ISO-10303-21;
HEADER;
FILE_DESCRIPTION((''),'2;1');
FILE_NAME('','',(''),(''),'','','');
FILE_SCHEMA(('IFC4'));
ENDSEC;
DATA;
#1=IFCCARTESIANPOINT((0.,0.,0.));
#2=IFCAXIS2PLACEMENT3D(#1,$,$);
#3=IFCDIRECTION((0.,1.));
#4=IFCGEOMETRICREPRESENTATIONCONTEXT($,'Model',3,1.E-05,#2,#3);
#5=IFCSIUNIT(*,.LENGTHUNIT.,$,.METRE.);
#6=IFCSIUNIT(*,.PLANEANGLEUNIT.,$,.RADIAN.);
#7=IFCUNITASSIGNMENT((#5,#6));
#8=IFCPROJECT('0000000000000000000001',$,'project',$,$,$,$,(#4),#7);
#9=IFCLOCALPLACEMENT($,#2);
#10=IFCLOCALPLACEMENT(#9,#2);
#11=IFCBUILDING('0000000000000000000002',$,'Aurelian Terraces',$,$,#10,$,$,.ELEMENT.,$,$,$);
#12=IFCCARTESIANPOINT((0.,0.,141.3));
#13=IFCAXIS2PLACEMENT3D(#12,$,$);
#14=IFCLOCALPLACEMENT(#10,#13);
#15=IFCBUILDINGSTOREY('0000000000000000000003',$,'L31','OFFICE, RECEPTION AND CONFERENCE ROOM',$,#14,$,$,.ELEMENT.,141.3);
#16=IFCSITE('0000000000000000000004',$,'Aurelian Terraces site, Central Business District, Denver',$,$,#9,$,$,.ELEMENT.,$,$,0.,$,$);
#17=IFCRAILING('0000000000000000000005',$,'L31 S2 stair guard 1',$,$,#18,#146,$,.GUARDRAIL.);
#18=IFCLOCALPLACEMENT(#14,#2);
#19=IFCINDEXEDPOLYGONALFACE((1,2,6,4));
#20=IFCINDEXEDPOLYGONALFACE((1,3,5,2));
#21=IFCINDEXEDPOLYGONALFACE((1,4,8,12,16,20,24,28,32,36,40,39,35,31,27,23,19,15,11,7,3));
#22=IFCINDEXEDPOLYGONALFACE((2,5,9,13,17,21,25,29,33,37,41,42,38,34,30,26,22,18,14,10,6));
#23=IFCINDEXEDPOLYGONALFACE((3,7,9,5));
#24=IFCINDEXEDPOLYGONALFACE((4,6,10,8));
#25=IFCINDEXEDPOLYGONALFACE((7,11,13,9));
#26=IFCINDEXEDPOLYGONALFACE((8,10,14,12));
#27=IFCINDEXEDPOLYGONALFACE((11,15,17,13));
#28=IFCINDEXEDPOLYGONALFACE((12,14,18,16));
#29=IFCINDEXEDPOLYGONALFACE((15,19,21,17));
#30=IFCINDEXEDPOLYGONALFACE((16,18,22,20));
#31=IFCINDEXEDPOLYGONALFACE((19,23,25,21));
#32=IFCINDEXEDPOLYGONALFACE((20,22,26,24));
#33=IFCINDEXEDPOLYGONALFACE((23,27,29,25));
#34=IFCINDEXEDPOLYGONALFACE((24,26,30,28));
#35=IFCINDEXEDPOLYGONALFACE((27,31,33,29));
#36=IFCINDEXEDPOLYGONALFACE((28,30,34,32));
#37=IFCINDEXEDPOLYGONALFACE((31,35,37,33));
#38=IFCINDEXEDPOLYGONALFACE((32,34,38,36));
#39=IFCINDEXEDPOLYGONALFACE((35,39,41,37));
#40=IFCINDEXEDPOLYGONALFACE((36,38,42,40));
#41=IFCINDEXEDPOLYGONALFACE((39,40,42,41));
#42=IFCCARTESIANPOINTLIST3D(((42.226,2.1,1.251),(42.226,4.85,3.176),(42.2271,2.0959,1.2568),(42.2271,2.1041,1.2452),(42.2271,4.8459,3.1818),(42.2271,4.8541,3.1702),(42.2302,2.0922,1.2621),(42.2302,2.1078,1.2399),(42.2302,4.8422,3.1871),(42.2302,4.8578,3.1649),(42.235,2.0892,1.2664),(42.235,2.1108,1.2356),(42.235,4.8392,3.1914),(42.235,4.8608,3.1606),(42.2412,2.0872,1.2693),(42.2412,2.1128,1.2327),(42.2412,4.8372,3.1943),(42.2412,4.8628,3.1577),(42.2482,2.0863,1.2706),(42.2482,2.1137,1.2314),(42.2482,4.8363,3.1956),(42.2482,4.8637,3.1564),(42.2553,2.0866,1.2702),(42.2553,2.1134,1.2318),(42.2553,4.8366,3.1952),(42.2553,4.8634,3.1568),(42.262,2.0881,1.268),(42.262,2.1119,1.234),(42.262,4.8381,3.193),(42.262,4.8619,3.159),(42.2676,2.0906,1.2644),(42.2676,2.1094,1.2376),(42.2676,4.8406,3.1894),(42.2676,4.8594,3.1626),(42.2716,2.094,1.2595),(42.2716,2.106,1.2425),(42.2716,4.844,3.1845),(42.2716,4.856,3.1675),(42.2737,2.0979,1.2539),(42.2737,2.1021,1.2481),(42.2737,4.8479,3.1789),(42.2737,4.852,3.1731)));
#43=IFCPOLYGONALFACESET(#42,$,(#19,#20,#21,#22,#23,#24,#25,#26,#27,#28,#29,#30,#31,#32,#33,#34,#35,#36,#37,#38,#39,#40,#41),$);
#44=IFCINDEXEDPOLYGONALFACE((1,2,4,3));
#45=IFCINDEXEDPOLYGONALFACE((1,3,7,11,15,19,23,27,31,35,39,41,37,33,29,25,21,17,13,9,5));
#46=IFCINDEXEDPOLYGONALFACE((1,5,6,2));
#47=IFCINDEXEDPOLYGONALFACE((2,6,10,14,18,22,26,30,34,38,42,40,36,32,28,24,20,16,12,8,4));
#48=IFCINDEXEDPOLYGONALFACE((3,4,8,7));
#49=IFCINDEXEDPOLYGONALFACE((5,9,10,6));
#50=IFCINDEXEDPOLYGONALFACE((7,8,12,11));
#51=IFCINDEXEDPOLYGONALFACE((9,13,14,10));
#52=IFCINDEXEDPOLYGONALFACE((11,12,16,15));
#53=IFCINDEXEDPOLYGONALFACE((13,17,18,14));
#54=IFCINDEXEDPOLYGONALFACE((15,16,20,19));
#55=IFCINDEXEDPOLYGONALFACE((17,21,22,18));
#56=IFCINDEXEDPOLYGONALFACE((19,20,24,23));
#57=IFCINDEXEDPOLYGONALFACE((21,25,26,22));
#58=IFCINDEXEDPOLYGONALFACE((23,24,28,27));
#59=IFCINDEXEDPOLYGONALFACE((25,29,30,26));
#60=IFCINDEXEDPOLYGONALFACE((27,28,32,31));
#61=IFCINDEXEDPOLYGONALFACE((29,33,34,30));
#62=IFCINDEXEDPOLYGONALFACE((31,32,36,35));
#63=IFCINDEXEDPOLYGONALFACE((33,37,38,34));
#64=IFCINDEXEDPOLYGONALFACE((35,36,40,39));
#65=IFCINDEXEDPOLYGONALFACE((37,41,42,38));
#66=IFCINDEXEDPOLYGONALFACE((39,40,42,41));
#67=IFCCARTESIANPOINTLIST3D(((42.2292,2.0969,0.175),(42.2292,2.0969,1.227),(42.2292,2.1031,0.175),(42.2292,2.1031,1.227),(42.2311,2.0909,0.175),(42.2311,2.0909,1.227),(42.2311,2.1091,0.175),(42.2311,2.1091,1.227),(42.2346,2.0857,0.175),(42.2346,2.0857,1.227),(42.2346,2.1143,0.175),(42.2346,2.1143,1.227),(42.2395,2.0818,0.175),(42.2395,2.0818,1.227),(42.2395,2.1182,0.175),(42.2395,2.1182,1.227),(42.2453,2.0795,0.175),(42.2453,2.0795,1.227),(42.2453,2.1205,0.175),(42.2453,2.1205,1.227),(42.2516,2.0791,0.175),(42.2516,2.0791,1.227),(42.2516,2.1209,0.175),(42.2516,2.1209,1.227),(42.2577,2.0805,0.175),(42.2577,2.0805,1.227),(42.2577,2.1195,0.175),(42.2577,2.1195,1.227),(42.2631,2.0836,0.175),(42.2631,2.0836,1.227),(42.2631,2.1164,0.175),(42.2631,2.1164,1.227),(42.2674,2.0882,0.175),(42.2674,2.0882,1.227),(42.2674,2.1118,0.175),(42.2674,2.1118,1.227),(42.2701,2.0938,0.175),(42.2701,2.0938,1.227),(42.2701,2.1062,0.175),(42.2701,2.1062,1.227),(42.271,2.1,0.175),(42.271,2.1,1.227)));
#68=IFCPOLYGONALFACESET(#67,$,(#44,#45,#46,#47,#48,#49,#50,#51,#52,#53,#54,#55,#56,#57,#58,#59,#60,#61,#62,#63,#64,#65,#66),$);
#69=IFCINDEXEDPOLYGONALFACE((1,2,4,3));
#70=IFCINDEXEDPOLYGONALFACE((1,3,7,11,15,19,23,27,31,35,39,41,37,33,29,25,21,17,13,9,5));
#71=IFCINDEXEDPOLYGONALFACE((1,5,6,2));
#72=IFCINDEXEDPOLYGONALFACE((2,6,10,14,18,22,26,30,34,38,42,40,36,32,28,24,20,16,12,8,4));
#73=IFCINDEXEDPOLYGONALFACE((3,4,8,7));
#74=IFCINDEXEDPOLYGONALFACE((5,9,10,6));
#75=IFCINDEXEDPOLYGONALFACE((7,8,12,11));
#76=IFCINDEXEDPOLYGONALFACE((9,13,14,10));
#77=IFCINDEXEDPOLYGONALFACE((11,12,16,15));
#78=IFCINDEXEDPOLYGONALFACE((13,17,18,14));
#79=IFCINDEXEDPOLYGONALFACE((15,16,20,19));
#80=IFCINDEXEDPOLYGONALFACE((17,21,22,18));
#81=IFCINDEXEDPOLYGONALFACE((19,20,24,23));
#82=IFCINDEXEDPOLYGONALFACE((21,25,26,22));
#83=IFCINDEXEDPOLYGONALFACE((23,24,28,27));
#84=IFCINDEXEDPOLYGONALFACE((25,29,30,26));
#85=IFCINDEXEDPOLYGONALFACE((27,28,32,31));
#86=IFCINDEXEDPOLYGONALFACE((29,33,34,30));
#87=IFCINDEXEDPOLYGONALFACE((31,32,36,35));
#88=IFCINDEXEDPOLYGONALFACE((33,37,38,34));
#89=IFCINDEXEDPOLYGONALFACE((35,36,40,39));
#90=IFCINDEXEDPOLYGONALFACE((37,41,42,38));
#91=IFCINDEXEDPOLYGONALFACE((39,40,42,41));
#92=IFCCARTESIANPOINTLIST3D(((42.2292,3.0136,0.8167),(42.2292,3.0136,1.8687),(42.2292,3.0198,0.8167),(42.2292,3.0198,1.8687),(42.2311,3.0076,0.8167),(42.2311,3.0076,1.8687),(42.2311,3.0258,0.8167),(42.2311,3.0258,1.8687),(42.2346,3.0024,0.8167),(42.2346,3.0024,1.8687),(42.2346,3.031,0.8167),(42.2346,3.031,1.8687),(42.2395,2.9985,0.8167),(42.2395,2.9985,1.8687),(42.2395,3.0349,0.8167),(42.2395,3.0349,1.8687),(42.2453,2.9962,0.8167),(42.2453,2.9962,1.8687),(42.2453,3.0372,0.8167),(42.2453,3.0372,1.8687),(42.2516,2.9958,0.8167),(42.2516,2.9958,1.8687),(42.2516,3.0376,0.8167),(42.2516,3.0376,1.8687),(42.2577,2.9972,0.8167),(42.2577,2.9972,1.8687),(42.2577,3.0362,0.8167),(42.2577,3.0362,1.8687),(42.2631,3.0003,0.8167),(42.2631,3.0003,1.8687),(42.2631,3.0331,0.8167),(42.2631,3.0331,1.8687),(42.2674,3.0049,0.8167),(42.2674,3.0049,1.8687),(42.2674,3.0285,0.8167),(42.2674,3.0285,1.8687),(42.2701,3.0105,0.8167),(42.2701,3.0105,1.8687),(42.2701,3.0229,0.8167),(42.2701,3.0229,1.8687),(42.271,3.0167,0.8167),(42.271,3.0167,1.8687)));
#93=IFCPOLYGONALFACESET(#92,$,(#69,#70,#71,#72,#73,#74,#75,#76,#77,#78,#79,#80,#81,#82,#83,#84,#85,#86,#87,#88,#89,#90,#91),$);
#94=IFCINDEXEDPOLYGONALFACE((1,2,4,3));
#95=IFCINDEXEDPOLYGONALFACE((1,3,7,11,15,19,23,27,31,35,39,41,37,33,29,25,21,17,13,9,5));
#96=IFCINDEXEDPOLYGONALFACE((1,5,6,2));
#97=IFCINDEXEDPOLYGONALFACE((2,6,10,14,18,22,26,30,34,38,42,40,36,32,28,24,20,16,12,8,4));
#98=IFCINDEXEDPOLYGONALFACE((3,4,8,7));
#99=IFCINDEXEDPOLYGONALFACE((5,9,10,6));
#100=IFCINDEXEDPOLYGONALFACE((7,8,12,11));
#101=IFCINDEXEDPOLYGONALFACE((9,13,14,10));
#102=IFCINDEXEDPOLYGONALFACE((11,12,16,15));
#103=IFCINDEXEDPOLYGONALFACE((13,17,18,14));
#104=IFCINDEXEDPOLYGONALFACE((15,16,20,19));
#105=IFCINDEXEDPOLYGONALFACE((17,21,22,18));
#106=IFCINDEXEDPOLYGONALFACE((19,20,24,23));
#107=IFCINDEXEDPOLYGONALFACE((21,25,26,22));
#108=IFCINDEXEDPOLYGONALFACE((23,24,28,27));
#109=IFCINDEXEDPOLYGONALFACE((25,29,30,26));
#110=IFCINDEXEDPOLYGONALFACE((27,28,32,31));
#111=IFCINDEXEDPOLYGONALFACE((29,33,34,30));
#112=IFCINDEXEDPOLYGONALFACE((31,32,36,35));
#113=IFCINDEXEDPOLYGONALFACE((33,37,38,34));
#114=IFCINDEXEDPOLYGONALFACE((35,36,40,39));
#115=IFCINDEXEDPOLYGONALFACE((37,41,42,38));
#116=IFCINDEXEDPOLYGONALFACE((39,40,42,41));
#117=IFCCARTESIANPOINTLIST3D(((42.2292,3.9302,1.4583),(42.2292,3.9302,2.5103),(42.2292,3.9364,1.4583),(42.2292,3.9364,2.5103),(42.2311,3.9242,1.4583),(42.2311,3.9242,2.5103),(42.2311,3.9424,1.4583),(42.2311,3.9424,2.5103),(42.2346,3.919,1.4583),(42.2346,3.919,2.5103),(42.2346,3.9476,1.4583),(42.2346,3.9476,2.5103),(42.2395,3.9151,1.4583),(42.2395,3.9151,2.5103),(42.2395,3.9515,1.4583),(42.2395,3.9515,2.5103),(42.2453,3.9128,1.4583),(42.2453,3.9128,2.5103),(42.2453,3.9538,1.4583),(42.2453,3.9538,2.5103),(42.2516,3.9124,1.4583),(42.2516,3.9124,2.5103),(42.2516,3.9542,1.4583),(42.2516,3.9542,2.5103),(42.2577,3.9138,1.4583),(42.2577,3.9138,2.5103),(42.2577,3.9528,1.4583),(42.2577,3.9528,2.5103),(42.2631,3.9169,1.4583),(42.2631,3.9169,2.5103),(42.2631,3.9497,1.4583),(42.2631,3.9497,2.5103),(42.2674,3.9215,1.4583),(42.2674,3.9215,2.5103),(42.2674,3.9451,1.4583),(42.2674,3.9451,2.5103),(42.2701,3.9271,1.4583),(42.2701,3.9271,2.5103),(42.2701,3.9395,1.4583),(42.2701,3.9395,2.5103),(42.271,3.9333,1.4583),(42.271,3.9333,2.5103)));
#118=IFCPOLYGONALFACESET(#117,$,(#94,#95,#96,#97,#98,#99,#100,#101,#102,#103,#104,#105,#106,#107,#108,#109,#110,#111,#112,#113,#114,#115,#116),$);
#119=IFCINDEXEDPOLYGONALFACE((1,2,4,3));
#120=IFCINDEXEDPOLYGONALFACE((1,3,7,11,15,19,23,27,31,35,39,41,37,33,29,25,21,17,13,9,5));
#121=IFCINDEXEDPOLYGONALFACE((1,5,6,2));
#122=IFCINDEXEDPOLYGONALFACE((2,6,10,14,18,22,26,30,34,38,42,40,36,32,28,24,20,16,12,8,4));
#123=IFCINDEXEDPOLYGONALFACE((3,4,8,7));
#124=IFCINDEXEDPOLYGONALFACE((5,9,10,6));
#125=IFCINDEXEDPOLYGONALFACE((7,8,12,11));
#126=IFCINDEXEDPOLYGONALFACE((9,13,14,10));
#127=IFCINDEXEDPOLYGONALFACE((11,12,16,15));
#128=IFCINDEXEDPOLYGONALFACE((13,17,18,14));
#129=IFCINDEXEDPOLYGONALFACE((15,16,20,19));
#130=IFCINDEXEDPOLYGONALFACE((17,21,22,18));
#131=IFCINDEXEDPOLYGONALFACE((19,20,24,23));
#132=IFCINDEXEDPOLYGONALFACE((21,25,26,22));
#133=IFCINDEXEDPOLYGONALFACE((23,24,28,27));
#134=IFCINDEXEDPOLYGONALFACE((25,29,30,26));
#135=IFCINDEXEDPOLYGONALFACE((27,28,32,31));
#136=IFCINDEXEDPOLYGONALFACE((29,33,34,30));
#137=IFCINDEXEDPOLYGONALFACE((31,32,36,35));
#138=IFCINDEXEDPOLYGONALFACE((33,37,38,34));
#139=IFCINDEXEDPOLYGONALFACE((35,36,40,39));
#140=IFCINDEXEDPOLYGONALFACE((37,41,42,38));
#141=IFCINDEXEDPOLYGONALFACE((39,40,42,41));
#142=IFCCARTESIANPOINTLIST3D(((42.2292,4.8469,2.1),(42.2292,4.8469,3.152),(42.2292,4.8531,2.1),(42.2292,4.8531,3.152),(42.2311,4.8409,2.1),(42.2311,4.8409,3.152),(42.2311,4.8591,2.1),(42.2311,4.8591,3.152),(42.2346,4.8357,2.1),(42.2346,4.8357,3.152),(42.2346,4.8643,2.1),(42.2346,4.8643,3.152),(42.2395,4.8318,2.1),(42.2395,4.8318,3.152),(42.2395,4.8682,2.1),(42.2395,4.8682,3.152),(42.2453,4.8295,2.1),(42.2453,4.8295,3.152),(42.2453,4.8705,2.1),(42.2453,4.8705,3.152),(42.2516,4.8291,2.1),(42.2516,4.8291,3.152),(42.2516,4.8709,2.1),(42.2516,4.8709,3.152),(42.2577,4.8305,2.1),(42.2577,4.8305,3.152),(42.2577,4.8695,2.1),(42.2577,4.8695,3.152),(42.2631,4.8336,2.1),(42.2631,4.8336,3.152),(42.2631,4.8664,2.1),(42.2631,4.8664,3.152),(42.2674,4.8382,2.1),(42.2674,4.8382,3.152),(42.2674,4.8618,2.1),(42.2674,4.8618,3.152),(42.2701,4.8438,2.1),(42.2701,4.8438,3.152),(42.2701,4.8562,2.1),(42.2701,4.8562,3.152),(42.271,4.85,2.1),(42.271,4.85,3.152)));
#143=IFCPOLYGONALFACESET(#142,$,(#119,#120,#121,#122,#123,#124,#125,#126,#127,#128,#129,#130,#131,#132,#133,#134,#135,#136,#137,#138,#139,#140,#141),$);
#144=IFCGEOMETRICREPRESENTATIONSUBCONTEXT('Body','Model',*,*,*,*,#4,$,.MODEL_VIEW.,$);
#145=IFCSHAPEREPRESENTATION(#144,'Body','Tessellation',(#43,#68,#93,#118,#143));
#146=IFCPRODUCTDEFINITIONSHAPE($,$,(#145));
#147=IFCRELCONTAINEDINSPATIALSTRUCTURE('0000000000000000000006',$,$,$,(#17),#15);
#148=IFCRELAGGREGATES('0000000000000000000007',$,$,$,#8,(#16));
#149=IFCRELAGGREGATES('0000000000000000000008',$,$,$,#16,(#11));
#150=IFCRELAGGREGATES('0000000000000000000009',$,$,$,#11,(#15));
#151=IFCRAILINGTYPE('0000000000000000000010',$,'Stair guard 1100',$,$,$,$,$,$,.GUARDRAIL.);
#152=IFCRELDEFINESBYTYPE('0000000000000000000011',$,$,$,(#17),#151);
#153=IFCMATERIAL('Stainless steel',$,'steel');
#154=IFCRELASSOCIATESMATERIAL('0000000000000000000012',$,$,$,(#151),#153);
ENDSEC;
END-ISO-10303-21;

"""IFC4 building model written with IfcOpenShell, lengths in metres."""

from ifc_helpers import new_model, si_unit, direction, frame, origin, origin_2d, place, context, subcontext, project, spatial, circle, extrude, source, transform, mapped, material, type_object, element, save


model = new_model("IFC4")

# Units and contexts
model_context = context("Model", 3, precision=1e-05, world=origin(), true_north=direction((0.0, 1.0)))
body_context = subcontext(model_context, "Body", "Model", "MODEL_VIEW")
ifc_project = project(units=[si_unit("LENGTHUNIT", "METRE"), si_unit("PLANEANGLEUNIT", "RADIAN")], contexts=[model_context])

# Site, building, storey
site_placement = place(None, origin())
site = spatial("IfcSite", under=ifc_project, at=site_placement, Name="Aurelian Terraces site, Central Business District, Denver", CompositionType="ELEMENT", RefElevation=0.0)
building_placement = place(site_placement, origin())
building = spatial("IfcBuilding", under=site, at=building_placement, Name="Aurelian Terraces", CompositionType="ELEMENT")
storey_placement = place(building_placement, frame((0.0, 0.0, 141.3)))
storey = spatial("IfcBuildingStorey", under=building, at=storey_placement, Name="L31", Description="OFFICE, RECEPTION AND CONFERENCE ROOM", CompositionType="ELEMENT", Elevation=141.3)

# Railing
ifc_material_1 = material(Name="Stainless steel", Category="steel")
railing_type_1 = type_object("IfcRailingType", Name="Stair guard 1100", PredefinedType="GUARDRAIL", material=ifc_material_1)
shared_shape_1 = source(origin(), body_context, "Body", "SweptSolid", [
    extrude(circle(Radius=0.024, at=origin_2d()), frame((0.0, 0.0, 1.076), z_axis=(0.0, 0.819232, 0.573462), x_axis=(-1.0, 0.0, 0.0)), (0.0, 0.0, 1.0), 3.3568),
    extrude(circle(Radius=0.021, at=origin_2d()), origin(), (0.0, 0.0, 1.0), 1.052),
    extrude(circle(Radius=0.021, at=origin_2d()), frame((0.0, 0.9167, 0.6417)), (0.0, 0.0, 1.0), 1.052),
    extrude(circle(Radius=0.021, at=origin_2d()), frame((0.0, 1.8333, 1.2833)), (0.0, 0.0, 1.0), 1.052),
    extrude(circle(Radius=0.021, at=origin_2d()), frame((0.0, 2.75, 1.925)), (0.0, 0.0, 1.0), 1.052),
])
railing_1_placement = place(storey_placement, frame((42.25, 2.1, 0.175)))
element("IfcRailing", 1, at=railing_1_placement, inside=storey, type_object=railing_type_1, Name="L31 S2 stair guard 1", PredefinedType="GUARDRAIL", context=body_context, shape_type="MappedRepresentation", body=[
    mapped(shared_shape_1, transform((0.0, 0.0, 0.0), scale=1.0)),
])

save(model, "model.ifc")
